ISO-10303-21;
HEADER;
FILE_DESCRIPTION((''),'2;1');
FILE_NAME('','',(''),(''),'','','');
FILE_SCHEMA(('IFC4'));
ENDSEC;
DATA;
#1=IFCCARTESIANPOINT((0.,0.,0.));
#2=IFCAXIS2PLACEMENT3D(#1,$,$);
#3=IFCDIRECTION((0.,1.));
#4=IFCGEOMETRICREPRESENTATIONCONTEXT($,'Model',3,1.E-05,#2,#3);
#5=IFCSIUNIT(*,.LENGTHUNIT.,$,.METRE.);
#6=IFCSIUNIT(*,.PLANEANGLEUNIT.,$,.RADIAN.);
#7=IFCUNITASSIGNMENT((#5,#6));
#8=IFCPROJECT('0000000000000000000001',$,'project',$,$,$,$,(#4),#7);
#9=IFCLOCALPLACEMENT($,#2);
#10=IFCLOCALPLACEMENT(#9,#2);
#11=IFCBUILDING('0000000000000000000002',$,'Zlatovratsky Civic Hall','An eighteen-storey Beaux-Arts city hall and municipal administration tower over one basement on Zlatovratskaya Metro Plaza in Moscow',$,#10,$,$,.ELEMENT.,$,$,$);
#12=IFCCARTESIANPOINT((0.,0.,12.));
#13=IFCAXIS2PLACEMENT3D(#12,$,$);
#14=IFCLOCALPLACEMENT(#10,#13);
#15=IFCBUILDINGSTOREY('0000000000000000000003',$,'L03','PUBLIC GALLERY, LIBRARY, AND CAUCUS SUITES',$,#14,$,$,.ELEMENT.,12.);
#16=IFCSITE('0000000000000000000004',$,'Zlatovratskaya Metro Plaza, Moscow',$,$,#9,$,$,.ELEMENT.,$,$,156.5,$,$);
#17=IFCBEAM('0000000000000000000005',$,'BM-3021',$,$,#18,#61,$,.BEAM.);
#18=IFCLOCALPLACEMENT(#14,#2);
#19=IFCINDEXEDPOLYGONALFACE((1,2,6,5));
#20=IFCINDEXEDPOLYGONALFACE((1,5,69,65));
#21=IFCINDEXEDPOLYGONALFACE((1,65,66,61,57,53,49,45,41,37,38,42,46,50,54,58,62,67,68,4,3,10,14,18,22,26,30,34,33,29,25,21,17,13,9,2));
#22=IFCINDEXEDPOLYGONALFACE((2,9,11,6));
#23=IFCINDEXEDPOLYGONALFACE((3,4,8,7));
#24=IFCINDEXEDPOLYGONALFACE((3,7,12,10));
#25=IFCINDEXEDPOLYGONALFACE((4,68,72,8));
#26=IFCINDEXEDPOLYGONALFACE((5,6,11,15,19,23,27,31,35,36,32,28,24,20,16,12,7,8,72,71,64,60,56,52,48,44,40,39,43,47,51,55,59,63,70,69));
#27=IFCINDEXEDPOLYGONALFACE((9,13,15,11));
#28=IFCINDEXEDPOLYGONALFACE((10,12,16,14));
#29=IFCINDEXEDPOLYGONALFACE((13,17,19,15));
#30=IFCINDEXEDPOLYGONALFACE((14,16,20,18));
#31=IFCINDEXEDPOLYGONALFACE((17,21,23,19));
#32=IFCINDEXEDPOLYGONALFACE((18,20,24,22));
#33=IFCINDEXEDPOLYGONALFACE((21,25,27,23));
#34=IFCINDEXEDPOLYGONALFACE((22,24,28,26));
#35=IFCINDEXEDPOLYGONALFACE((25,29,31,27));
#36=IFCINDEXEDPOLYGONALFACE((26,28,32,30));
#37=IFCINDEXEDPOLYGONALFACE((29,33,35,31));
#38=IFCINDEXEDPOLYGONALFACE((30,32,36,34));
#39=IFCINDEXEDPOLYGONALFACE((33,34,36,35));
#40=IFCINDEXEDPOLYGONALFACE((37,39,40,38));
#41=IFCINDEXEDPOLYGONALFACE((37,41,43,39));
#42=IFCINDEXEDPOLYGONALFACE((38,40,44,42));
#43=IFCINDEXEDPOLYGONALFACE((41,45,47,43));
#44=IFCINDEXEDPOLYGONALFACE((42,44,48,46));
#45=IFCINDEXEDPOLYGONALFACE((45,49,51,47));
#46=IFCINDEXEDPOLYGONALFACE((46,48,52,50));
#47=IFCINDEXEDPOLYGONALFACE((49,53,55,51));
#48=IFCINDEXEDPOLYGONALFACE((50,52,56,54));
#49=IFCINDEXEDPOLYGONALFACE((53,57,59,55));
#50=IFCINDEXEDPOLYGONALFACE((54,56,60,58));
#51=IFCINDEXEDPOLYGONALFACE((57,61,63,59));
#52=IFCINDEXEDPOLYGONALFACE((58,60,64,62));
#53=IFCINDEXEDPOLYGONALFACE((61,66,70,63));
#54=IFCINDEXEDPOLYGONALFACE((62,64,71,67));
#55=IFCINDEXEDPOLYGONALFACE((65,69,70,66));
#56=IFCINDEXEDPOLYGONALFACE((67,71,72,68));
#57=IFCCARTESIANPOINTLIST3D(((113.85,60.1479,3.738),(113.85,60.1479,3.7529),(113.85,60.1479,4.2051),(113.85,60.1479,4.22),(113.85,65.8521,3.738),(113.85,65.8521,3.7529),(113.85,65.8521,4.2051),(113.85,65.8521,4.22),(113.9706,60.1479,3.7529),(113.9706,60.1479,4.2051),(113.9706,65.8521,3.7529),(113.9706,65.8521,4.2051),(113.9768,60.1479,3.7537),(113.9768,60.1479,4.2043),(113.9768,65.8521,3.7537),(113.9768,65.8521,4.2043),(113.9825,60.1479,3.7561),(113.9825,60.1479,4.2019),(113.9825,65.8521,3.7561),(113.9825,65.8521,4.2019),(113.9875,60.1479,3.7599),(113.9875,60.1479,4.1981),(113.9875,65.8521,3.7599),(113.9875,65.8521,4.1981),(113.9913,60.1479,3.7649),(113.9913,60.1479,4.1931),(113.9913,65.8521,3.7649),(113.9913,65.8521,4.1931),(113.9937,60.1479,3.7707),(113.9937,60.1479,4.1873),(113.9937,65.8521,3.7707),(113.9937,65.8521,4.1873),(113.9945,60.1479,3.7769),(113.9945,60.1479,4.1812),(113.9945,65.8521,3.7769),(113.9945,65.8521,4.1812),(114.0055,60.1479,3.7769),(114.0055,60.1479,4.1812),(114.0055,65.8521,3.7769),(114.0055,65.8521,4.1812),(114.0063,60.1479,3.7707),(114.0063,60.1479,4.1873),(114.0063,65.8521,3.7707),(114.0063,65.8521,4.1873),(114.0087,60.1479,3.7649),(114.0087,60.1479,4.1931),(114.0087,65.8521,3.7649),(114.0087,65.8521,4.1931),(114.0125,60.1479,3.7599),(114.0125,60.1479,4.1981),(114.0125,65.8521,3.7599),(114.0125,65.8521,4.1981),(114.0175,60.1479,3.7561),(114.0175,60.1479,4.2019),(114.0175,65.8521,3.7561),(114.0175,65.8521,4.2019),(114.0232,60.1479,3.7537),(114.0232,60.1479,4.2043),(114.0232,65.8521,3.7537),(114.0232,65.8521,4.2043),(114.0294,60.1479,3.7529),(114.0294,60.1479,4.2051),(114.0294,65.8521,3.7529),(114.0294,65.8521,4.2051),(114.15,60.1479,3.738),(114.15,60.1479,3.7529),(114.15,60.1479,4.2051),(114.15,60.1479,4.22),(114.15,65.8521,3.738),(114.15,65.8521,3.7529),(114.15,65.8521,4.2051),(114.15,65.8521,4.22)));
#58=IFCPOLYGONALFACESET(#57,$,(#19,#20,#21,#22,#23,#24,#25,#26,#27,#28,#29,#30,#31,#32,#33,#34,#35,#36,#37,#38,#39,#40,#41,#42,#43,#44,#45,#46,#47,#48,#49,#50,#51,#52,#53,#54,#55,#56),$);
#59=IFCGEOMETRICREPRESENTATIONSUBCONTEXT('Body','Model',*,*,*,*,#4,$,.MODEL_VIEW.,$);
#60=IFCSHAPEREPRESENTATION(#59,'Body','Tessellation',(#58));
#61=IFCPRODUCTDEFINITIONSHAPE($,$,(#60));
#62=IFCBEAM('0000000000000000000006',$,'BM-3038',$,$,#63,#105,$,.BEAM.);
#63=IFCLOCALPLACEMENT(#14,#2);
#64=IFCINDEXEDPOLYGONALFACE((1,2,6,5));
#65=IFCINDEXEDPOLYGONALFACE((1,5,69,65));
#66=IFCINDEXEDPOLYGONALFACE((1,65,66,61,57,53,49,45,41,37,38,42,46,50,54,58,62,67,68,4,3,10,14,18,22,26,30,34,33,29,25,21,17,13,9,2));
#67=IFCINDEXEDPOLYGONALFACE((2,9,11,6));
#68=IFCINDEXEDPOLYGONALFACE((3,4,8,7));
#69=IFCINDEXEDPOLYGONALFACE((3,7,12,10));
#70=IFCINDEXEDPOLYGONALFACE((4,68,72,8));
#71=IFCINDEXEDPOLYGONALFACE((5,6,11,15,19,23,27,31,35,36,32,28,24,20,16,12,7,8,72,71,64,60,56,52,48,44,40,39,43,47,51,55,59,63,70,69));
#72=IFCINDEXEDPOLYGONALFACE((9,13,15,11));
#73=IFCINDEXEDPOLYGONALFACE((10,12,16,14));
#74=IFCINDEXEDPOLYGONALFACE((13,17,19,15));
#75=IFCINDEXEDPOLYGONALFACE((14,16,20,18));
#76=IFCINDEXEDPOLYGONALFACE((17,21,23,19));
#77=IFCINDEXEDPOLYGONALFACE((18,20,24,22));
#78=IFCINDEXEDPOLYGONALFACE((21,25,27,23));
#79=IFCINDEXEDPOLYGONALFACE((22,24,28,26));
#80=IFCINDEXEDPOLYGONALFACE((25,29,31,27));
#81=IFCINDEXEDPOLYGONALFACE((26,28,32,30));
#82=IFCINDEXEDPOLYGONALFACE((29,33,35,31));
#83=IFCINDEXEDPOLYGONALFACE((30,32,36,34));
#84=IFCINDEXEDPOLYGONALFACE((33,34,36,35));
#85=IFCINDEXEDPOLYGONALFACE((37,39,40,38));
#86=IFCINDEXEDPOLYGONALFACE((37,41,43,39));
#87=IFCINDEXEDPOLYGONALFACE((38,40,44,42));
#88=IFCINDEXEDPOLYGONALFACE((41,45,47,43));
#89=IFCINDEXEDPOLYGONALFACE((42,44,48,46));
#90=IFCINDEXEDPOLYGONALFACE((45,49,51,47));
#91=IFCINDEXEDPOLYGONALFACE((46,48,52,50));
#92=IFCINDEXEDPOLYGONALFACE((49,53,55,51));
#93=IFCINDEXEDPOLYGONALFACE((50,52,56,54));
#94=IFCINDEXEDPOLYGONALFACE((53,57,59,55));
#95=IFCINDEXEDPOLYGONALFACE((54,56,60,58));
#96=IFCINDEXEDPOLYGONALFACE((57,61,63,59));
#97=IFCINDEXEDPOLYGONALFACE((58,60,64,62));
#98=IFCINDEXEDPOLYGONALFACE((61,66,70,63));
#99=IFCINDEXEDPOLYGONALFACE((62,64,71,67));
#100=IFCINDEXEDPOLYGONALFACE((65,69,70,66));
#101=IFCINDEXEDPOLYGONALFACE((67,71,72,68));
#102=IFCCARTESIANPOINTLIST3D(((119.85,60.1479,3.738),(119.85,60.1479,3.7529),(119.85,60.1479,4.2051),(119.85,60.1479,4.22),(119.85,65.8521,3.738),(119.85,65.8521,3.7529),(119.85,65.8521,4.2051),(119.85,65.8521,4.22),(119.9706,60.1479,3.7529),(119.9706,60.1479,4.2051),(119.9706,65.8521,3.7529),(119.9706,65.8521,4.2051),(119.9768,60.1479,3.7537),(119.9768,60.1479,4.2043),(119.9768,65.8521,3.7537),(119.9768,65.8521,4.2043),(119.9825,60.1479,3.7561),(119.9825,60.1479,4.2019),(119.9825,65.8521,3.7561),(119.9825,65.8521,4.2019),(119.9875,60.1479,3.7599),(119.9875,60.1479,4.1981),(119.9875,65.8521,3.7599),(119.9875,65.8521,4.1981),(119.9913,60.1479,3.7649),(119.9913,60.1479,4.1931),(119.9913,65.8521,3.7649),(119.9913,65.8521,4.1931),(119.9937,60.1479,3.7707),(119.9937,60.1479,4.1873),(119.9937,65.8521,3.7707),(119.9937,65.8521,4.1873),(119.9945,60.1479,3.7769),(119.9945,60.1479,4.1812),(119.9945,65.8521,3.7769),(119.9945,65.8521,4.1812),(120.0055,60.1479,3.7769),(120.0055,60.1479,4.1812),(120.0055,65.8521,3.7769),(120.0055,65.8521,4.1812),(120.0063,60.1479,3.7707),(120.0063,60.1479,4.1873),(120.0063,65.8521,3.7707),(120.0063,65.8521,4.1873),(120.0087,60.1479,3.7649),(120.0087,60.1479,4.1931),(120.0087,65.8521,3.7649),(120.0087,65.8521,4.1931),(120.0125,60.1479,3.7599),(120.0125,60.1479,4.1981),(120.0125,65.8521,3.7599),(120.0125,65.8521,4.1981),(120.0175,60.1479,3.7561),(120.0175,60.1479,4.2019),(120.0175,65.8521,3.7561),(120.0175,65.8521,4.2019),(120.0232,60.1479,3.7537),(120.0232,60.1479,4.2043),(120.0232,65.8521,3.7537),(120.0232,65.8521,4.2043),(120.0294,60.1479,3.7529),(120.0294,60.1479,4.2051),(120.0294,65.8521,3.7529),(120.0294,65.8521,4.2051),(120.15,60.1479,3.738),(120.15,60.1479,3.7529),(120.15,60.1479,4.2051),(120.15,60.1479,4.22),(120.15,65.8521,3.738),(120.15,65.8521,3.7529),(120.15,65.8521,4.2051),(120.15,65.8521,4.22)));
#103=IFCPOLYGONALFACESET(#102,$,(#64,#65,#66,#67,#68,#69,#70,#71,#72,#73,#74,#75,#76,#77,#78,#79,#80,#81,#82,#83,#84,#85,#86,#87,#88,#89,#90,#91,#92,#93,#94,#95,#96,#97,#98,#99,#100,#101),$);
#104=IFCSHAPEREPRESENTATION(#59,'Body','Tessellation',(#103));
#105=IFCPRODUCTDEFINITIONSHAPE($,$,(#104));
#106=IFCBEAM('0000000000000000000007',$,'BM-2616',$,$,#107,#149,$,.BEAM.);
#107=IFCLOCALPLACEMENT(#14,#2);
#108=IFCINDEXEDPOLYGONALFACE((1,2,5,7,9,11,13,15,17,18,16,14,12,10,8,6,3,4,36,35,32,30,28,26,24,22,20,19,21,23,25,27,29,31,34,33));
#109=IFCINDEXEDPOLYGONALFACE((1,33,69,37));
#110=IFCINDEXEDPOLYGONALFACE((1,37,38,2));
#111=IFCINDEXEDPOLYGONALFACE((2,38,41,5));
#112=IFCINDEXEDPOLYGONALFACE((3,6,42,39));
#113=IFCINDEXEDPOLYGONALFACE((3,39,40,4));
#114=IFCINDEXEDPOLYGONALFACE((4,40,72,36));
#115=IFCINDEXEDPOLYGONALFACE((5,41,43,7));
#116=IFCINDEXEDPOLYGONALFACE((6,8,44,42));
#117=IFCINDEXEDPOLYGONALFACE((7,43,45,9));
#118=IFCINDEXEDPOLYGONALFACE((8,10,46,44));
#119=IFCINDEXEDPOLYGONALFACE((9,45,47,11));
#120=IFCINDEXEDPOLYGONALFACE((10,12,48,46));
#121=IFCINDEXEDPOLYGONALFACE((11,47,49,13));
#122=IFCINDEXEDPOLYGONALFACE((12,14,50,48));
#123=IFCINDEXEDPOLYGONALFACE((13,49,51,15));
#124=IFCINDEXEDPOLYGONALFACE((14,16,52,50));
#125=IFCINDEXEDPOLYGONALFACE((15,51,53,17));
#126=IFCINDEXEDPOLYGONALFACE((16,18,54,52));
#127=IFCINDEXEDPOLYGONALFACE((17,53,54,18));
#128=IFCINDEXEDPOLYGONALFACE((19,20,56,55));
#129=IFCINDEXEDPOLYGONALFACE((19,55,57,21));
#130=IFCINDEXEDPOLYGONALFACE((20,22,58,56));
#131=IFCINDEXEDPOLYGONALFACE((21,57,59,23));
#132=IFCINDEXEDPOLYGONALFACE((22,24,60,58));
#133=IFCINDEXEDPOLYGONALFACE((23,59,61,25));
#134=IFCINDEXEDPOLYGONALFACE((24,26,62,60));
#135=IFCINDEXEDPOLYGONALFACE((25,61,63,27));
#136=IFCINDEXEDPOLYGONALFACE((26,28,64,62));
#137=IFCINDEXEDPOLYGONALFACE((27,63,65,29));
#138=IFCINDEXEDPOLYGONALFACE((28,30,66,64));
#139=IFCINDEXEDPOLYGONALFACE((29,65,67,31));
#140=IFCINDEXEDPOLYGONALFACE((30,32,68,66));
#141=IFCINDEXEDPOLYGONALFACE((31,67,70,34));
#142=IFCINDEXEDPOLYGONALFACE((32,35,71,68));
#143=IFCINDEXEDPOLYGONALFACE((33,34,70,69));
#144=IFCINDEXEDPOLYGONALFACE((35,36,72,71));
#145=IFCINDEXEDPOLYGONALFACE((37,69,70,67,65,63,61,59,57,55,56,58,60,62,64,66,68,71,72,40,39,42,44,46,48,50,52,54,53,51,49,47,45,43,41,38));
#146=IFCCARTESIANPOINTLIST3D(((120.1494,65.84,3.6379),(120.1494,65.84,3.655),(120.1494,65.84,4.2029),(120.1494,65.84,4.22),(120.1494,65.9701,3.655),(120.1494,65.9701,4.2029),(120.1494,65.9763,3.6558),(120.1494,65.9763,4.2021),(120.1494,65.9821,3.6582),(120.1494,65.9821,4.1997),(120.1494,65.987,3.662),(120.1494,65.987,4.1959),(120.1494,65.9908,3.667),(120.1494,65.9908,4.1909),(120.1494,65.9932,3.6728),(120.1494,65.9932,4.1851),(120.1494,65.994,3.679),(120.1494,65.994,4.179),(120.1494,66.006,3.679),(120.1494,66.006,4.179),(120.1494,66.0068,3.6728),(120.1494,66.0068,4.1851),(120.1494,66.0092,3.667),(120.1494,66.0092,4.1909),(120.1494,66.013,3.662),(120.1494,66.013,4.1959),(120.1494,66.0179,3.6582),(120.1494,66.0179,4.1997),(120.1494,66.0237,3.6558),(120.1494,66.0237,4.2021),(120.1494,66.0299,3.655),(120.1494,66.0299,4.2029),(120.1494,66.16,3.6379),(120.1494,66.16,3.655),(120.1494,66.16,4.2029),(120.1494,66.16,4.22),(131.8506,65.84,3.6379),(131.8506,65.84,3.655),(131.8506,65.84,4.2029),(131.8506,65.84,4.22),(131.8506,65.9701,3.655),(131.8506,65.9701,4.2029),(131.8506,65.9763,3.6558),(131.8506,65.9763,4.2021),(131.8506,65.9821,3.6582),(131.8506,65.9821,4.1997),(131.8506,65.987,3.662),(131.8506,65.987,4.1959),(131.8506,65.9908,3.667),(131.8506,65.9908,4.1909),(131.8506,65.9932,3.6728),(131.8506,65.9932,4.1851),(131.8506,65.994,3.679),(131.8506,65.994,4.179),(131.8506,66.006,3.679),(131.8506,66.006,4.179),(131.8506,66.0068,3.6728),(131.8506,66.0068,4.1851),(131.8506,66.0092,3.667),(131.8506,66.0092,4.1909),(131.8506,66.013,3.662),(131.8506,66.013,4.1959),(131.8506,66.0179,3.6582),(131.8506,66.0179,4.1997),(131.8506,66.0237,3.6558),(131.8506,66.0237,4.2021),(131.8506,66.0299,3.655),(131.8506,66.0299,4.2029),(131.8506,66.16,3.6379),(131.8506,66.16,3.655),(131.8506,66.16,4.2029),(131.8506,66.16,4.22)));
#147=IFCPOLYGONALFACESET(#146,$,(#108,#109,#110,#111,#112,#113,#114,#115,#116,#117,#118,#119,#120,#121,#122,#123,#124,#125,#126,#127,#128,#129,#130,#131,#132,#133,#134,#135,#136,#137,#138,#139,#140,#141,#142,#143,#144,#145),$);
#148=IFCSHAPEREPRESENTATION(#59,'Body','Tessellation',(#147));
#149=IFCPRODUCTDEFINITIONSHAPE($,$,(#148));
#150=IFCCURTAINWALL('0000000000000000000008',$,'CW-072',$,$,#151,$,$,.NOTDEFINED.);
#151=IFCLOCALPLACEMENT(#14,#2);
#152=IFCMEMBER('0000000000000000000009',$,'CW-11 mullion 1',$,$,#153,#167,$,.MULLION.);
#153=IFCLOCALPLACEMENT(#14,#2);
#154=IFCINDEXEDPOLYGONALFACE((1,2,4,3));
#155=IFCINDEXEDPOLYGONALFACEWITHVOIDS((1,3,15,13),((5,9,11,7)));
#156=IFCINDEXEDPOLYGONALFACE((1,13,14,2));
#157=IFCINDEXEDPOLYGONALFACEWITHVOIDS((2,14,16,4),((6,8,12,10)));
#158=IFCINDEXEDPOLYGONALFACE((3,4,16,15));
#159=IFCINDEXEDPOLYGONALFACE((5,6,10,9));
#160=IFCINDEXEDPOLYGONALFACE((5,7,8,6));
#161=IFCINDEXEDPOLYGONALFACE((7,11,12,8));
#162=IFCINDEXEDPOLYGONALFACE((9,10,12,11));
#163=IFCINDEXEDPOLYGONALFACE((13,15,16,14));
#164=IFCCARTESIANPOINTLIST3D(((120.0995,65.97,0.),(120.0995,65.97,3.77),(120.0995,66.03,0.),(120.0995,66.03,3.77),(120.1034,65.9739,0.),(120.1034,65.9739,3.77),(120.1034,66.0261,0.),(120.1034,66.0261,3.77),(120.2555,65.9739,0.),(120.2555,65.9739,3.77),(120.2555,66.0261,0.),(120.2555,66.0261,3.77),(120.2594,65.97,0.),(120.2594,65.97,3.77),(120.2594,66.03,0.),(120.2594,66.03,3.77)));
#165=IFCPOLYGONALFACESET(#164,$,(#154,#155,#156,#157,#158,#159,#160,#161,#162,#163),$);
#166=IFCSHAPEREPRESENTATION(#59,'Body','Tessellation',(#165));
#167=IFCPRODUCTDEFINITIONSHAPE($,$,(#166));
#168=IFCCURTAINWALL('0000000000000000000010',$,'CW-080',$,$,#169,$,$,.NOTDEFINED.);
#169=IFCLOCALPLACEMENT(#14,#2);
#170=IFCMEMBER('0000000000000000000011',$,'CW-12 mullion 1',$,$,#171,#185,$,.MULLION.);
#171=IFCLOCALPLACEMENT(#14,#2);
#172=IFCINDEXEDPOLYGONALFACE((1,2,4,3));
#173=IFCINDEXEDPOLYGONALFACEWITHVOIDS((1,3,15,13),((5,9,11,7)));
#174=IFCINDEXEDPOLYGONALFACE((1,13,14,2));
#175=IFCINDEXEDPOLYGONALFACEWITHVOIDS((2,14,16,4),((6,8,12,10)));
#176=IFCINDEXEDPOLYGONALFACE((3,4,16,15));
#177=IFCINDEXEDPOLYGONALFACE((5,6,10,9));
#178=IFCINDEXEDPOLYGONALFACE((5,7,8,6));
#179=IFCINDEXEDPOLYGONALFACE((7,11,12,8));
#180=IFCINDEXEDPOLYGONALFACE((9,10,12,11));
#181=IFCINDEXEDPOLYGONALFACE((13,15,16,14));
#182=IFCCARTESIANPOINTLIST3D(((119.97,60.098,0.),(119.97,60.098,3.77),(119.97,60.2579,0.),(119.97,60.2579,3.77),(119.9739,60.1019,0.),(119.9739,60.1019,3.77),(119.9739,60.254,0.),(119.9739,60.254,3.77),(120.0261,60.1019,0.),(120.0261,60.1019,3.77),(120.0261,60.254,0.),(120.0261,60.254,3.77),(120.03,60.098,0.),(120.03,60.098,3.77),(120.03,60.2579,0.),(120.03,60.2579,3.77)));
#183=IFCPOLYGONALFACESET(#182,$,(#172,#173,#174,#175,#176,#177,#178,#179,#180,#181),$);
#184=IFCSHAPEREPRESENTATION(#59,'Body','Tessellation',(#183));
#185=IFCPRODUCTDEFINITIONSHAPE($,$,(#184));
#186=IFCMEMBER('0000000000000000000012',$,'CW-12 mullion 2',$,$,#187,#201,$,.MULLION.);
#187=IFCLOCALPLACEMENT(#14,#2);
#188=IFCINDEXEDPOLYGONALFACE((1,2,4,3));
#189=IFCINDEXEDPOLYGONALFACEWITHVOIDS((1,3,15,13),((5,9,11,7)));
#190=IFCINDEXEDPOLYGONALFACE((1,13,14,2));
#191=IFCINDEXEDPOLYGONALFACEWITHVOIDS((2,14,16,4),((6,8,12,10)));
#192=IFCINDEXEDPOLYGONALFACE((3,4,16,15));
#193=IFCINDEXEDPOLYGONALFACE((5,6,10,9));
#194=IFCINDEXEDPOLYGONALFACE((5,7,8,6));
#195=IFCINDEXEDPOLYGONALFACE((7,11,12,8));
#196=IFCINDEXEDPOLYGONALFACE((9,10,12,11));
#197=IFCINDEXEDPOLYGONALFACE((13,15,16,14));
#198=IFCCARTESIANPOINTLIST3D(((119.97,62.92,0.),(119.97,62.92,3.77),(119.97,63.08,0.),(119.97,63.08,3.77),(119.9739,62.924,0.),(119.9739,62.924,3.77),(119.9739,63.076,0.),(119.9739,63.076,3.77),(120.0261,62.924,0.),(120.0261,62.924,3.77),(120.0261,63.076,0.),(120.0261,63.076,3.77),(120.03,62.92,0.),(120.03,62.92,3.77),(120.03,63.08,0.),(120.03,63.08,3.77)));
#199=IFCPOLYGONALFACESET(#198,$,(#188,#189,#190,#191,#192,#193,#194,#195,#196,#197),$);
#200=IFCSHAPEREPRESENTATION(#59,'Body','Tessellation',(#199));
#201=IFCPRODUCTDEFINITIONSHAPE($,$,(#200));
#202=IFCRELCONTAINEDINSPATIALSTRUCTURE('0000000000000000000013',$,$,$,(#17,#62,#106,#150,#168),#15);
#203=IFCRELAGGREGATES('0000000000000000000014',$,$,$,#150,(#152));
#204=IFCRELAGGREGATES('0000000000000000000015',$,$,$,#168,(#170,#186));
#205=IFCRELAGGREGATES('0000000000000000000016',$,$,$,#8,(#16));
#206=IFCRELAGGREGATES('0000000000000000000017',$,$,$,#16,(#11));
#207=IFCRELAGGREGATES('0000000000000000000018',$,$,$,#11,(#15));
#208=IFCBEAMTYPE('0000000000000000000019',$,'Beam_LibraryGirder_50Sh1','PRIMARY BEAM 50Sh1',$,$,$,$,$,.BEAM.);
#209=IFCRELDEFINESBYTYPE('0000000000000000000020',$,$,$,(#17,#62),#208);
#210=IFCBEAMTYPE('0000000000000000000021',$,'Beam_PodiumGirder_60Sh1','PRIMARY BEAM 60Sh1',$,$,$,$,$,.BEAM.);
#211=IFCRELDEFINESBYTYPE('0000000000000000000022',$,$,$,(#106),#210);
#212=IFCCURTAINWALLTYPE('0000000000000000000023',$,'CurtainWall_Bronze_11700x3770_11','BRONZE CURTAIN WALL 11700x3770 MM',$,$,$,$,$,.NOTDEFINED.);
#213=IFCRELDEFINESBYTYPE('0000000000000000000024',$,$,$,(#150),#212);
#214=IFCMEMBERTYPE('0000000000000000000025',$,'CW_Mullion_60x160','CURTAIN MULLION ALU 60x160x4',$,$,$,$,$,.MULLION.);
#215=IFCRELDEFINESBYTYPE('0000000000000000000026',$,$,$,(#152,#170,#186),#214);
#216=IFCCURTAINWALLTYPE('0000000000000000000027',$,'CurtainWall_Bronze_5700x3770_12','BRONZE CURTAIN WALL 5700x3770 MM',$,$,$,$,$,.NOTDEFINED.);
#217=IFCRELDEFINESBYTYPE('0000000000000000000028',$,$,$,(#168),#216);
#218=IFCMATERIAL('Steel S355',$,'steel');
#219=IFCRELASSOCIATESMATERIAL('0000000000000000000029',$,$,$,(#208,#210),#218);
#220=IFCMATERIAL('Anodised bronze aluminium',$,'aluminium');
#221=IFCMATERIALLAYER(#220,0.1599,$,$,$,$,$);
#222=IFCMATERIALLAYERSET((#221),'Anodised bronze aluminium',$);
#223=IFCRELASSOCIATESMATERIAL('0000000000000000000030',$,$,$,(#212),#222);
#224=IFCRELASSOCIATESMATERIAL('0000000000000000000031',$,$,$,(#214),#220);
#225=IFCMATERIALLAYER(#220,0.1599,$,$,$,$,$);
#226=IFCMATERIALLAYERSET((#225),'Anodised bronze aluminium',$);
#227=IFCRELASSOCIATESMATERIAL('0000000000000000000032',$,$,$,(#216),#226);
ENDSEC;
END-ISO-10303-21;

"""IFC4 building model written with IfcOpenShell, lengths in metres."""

from ifc_helpers import new_model, si_unit, direction, frame, origin, origin_2d, place, context, subcontext, project, spatial, hollow_rectangle, i_section, extrude, material, layer, layer_set, material_profile, profile_set, type_object, element, aggregate, save


model = new_model("IFC4")

# Units and contexts
model_context = context("Model", 3, precision=1e-05, world=origin(), true_north=direction((0.0, 1.0)))
body_context = subcontext(model_context, "Body", "Model", "MODEL_VIEW")
ifc_project = project(units=[si_unit("LENGTHUNIT", "METRE"), si_unit("PLANEANGLEUNIT", "RADIAN")], contexts=[model_context])

# Site, building, storey
site_placement = place(None, origin())
site = spatial("IfcSite", under=ifc_project, at=site_placement, Name="Zlatovratskaya Metro Plaza, Moscow", CompositionType="ELEMENT", RefElevation=156.5)
building_placement = place(site_placement, origin())
building = spatial("IfcBuilding", under=site, at=building_placement, Name="Zlatovratsky Civic Hall", Description="An eighteen-storey Beaux-Arts city hall and municipal administration tower over one basement on Zlatovratskaya Metro Plaza in Moscow", CompositionType="ELEMENT")
storey_placement = place(building_placement, frame((0.0, 0.0, 12.0)))
storey = spatial("IfcBuildingStorey", under=building, at=storey_placement, Name="L03", Description="PUBLIC GALLERY, LIBRARY, AND CAUCUS SUITES", CompositionType="ELEMENT", Elevation=12.0)

# Shared definitions
ifc_material_1 = material(Name="Steel S355", Category="steel")

# Beams
ifc_material_profile_1 = material_profile(ifc_material_1, i_section(OverallWidth=0.3, OverallDepth=0.4819, WebThickness=0.011, FlangeThickness=0.0149, FilletRadius=0.0239, at=origin_2d()), Name="50Sh1")
ifc_profile_set_1 = profile_set([ifc_material_profile_1], Name="Steel S355")
beam_type_1 = type_object("IfcBeamType", Name="Beam_LibraryGirder_50Sh1", Description="PRIMARY BEAM 50Sh1", PredefinedType="BEAM", material=ifc_profile_set_1)
for number, where, z_axis, x_axis, name in (
    (1, (114.0, 60.1479, 3.979), (0.0, 1.0, 0.0), (-1.0, 0.0, 0.0), "BM-3021"),
    (2, (120.0, 60.1479, 3.979), (0.0, 1.0, 0.0), (-1.0, 0.0, 0.0), "BM-3038"),
):
    element("IfcBeam", number, at=place(storey_placement, frame(where, z_axis=z_axis, x_axis=x_axis)), inside=storey, type_object=beam_type_1, Name=name, PredefinedType="BEAM", context=body_context, shape_type="SweptSolid", body=[
        extrude(i_section(OverallWidth=0.3, OverallDepth=0.4819, WebThickness=0.011, FlangeThickness=0.0149, FilletRadius=0.0239, at=origin_2d()), origin(), (0.0, 0.0, 1.0), 5.7041),
    ])
ifc_material_profile_2 = material_profile(ifc_material_1, i_section(OverallWidth=0.3201, OverallDepth=0.582, WebThickness=0.012, FlangeThickness=0.0171, FilletRadius=0.0239, at=origin_2d()), Name="60Sh1")
ifc_profile_set_2 = profile_set([ifc_material_profile_2], Name="Steel S355")
beam_type_2 = type_object("IfcBeamType", Name="Beam_PodiumGirder_60Sh1", Description="PRIMARY BEAM 60Sh1", PredefinedType="BEAM", material=ifc_profile_set_2)
beam_placement = place(storey_placement, frame((120.1494, 66.0, 3.929), z_axis=(1.0, 0.0, 0.0), x_axis=(0.0, 1.0, 0.0)))
element("IfcBeam", 3, at=beam_placement, inside=storey, type_object=beam_type_2, Name="BM-2616", PredefinedType="BEAM", context=body_context, shape_type="SweptSolid", body=[
    extrude(i_section(OverallWidth=0.3201, OverallDepth=0.582, WebThickness=0.012, FlangeThickness=0.0171, FilletRadius=0.0239, at=origin_2d()), origin(), (0.0, 0.0, 1.0), 11.7012),
])

# Curtain wall, member
ifc_material_2 = material(Name="Anodised bronze aluminium", Category="aluminium")
ifc_layer_1 = layer(ifc_material_2, 0.1599)
ifc_layer_set_1 = layer_set([ifc_layer_1], Name="Anodised bronze aluminium")
curtain_wall_type_1 = type_object("IfcCurtainWallType", Name="CurtainWall_Bronze_11700x3770_11", Description="BRONZE CURTAIN WALL 11700x3770 MM", PredefinedType="NOTDEFINED", material=ifc_layer_set_1)
curtain_wall_1_placement = place(storey_placement, origin())
curtain_wall_1 = element("IfcCurtainWall", 4, at=curtain_wall_1_placement, inside=storey, type_object=curtain_wall_type_1, Name="CW-072", PredefinedType="NOTDEFINED")
ifc_material_profile_3 = material_profile(ifc_material_2, hollow_rectangle(XDim=0.0601, YDim=0.1599, WallThickness=0.0039, at=origin_2d()), Name="ALU 60x160x4")
ifc_profile_set_3 = profile_set([ifc_material_profile_3], Name="Anodised bronze aluminium")
member_type_1 = type_object("IfcMemberType", Name="CW_Mullion_60x160", Description="CURTAIN MULLION ALU 60x160x4", PredefinedType="MULLION", material=ifc_profile_set_3)
member_1_placement = place(storey_placement, frame((120.1794, 66.0, 0.0), z_axis=(0.0, 0.0, 1.0), x_axis=(0.0, 1.0, 0.0)))
member_1 = element("IfcMember", 5, at=member_1_placement, type_object=member_type_1, Name="CW-11 mullion 1", PredefinedType="MULLION", context=body_context, shape_type="SweptSolid", body=[
    extrude(hollow_rectangle(XDim=0.0601, YDim=0.1599, WallThickness=0.0039, at=origin_2d()), origin(), (0.0, 0.0, 1.0), 3.77),
])

# Curtain wall, members
ifc_layer_2 = layer(ifc_material_2, 0.1599)
ifc_layer_set_2 = layer_set([ifc_layer_2], Name="Anodised bronze aluminium")
curtain_wall_type_2 = type_object("IfcCurtainWallType", Name="CurtainWall_Bronze_5700x3770_12", Description="BRONZE CURTAIN WALL 5700x3770 MM", PredefinedType="NOTDEFINED", material=ifc_layer_set_2)
curtain_wall_2_placement = place(storey_placement, origin())
curtain_wall_2 = element("IfcCurtainWall", 6, at=curtain_wall_2_placement, inside=storey, type_object=curtain_wall_type_2, Name="CW-080", PredefinedType="NOTDEFINED")
member_2_placement = place(storey_placement, frame((120.0, 60.178, 0.0), z_axis=(0.0, 0.0, 1.0), x_axis=(-1.0, 0.0, 0.0)))
member_2 = element("IfcMember", 7, at=member_2_placement, type_object=member_type_1, Name="CW-12 mullion 1", PredefinedType="MULLION", context=body_context, shape_type="SweptSolid", body=[
    extrude(hollow_rectangle(XDim=0.0601, YDim=0.1599, WallThickness=0.0039, at=origin_2d()), origin(), (0.0, 0.0, 1.0), 3.77),
])
member_3_placement = place(storey_placement, frame((120.0, 63.0, 0.0), z_axis=(0.0, 0.0, 1.0), x_axis=(-1.0, 0.0, 0.0)))
member_3 = element("IfcMember", 8, at=member_3_placement, type_object=member_type_1, Name="CW-12 mullion 2", PredefinedType="MULLION", context=body_context, shape_type="SweptSolid", body=[
    extrude(hollow_rectangle(XDim=0.0601, YDim=0.1599, WallThickness=0.0039, at=origin_2d()), origin(), (0.0, 0.0, 1.0), 3.77),
])

aggregate(curtain_wall_1, [member_1])
aggregate(curtain_wall_2, [member_2, member_3])

save(model, "model.ifc")
